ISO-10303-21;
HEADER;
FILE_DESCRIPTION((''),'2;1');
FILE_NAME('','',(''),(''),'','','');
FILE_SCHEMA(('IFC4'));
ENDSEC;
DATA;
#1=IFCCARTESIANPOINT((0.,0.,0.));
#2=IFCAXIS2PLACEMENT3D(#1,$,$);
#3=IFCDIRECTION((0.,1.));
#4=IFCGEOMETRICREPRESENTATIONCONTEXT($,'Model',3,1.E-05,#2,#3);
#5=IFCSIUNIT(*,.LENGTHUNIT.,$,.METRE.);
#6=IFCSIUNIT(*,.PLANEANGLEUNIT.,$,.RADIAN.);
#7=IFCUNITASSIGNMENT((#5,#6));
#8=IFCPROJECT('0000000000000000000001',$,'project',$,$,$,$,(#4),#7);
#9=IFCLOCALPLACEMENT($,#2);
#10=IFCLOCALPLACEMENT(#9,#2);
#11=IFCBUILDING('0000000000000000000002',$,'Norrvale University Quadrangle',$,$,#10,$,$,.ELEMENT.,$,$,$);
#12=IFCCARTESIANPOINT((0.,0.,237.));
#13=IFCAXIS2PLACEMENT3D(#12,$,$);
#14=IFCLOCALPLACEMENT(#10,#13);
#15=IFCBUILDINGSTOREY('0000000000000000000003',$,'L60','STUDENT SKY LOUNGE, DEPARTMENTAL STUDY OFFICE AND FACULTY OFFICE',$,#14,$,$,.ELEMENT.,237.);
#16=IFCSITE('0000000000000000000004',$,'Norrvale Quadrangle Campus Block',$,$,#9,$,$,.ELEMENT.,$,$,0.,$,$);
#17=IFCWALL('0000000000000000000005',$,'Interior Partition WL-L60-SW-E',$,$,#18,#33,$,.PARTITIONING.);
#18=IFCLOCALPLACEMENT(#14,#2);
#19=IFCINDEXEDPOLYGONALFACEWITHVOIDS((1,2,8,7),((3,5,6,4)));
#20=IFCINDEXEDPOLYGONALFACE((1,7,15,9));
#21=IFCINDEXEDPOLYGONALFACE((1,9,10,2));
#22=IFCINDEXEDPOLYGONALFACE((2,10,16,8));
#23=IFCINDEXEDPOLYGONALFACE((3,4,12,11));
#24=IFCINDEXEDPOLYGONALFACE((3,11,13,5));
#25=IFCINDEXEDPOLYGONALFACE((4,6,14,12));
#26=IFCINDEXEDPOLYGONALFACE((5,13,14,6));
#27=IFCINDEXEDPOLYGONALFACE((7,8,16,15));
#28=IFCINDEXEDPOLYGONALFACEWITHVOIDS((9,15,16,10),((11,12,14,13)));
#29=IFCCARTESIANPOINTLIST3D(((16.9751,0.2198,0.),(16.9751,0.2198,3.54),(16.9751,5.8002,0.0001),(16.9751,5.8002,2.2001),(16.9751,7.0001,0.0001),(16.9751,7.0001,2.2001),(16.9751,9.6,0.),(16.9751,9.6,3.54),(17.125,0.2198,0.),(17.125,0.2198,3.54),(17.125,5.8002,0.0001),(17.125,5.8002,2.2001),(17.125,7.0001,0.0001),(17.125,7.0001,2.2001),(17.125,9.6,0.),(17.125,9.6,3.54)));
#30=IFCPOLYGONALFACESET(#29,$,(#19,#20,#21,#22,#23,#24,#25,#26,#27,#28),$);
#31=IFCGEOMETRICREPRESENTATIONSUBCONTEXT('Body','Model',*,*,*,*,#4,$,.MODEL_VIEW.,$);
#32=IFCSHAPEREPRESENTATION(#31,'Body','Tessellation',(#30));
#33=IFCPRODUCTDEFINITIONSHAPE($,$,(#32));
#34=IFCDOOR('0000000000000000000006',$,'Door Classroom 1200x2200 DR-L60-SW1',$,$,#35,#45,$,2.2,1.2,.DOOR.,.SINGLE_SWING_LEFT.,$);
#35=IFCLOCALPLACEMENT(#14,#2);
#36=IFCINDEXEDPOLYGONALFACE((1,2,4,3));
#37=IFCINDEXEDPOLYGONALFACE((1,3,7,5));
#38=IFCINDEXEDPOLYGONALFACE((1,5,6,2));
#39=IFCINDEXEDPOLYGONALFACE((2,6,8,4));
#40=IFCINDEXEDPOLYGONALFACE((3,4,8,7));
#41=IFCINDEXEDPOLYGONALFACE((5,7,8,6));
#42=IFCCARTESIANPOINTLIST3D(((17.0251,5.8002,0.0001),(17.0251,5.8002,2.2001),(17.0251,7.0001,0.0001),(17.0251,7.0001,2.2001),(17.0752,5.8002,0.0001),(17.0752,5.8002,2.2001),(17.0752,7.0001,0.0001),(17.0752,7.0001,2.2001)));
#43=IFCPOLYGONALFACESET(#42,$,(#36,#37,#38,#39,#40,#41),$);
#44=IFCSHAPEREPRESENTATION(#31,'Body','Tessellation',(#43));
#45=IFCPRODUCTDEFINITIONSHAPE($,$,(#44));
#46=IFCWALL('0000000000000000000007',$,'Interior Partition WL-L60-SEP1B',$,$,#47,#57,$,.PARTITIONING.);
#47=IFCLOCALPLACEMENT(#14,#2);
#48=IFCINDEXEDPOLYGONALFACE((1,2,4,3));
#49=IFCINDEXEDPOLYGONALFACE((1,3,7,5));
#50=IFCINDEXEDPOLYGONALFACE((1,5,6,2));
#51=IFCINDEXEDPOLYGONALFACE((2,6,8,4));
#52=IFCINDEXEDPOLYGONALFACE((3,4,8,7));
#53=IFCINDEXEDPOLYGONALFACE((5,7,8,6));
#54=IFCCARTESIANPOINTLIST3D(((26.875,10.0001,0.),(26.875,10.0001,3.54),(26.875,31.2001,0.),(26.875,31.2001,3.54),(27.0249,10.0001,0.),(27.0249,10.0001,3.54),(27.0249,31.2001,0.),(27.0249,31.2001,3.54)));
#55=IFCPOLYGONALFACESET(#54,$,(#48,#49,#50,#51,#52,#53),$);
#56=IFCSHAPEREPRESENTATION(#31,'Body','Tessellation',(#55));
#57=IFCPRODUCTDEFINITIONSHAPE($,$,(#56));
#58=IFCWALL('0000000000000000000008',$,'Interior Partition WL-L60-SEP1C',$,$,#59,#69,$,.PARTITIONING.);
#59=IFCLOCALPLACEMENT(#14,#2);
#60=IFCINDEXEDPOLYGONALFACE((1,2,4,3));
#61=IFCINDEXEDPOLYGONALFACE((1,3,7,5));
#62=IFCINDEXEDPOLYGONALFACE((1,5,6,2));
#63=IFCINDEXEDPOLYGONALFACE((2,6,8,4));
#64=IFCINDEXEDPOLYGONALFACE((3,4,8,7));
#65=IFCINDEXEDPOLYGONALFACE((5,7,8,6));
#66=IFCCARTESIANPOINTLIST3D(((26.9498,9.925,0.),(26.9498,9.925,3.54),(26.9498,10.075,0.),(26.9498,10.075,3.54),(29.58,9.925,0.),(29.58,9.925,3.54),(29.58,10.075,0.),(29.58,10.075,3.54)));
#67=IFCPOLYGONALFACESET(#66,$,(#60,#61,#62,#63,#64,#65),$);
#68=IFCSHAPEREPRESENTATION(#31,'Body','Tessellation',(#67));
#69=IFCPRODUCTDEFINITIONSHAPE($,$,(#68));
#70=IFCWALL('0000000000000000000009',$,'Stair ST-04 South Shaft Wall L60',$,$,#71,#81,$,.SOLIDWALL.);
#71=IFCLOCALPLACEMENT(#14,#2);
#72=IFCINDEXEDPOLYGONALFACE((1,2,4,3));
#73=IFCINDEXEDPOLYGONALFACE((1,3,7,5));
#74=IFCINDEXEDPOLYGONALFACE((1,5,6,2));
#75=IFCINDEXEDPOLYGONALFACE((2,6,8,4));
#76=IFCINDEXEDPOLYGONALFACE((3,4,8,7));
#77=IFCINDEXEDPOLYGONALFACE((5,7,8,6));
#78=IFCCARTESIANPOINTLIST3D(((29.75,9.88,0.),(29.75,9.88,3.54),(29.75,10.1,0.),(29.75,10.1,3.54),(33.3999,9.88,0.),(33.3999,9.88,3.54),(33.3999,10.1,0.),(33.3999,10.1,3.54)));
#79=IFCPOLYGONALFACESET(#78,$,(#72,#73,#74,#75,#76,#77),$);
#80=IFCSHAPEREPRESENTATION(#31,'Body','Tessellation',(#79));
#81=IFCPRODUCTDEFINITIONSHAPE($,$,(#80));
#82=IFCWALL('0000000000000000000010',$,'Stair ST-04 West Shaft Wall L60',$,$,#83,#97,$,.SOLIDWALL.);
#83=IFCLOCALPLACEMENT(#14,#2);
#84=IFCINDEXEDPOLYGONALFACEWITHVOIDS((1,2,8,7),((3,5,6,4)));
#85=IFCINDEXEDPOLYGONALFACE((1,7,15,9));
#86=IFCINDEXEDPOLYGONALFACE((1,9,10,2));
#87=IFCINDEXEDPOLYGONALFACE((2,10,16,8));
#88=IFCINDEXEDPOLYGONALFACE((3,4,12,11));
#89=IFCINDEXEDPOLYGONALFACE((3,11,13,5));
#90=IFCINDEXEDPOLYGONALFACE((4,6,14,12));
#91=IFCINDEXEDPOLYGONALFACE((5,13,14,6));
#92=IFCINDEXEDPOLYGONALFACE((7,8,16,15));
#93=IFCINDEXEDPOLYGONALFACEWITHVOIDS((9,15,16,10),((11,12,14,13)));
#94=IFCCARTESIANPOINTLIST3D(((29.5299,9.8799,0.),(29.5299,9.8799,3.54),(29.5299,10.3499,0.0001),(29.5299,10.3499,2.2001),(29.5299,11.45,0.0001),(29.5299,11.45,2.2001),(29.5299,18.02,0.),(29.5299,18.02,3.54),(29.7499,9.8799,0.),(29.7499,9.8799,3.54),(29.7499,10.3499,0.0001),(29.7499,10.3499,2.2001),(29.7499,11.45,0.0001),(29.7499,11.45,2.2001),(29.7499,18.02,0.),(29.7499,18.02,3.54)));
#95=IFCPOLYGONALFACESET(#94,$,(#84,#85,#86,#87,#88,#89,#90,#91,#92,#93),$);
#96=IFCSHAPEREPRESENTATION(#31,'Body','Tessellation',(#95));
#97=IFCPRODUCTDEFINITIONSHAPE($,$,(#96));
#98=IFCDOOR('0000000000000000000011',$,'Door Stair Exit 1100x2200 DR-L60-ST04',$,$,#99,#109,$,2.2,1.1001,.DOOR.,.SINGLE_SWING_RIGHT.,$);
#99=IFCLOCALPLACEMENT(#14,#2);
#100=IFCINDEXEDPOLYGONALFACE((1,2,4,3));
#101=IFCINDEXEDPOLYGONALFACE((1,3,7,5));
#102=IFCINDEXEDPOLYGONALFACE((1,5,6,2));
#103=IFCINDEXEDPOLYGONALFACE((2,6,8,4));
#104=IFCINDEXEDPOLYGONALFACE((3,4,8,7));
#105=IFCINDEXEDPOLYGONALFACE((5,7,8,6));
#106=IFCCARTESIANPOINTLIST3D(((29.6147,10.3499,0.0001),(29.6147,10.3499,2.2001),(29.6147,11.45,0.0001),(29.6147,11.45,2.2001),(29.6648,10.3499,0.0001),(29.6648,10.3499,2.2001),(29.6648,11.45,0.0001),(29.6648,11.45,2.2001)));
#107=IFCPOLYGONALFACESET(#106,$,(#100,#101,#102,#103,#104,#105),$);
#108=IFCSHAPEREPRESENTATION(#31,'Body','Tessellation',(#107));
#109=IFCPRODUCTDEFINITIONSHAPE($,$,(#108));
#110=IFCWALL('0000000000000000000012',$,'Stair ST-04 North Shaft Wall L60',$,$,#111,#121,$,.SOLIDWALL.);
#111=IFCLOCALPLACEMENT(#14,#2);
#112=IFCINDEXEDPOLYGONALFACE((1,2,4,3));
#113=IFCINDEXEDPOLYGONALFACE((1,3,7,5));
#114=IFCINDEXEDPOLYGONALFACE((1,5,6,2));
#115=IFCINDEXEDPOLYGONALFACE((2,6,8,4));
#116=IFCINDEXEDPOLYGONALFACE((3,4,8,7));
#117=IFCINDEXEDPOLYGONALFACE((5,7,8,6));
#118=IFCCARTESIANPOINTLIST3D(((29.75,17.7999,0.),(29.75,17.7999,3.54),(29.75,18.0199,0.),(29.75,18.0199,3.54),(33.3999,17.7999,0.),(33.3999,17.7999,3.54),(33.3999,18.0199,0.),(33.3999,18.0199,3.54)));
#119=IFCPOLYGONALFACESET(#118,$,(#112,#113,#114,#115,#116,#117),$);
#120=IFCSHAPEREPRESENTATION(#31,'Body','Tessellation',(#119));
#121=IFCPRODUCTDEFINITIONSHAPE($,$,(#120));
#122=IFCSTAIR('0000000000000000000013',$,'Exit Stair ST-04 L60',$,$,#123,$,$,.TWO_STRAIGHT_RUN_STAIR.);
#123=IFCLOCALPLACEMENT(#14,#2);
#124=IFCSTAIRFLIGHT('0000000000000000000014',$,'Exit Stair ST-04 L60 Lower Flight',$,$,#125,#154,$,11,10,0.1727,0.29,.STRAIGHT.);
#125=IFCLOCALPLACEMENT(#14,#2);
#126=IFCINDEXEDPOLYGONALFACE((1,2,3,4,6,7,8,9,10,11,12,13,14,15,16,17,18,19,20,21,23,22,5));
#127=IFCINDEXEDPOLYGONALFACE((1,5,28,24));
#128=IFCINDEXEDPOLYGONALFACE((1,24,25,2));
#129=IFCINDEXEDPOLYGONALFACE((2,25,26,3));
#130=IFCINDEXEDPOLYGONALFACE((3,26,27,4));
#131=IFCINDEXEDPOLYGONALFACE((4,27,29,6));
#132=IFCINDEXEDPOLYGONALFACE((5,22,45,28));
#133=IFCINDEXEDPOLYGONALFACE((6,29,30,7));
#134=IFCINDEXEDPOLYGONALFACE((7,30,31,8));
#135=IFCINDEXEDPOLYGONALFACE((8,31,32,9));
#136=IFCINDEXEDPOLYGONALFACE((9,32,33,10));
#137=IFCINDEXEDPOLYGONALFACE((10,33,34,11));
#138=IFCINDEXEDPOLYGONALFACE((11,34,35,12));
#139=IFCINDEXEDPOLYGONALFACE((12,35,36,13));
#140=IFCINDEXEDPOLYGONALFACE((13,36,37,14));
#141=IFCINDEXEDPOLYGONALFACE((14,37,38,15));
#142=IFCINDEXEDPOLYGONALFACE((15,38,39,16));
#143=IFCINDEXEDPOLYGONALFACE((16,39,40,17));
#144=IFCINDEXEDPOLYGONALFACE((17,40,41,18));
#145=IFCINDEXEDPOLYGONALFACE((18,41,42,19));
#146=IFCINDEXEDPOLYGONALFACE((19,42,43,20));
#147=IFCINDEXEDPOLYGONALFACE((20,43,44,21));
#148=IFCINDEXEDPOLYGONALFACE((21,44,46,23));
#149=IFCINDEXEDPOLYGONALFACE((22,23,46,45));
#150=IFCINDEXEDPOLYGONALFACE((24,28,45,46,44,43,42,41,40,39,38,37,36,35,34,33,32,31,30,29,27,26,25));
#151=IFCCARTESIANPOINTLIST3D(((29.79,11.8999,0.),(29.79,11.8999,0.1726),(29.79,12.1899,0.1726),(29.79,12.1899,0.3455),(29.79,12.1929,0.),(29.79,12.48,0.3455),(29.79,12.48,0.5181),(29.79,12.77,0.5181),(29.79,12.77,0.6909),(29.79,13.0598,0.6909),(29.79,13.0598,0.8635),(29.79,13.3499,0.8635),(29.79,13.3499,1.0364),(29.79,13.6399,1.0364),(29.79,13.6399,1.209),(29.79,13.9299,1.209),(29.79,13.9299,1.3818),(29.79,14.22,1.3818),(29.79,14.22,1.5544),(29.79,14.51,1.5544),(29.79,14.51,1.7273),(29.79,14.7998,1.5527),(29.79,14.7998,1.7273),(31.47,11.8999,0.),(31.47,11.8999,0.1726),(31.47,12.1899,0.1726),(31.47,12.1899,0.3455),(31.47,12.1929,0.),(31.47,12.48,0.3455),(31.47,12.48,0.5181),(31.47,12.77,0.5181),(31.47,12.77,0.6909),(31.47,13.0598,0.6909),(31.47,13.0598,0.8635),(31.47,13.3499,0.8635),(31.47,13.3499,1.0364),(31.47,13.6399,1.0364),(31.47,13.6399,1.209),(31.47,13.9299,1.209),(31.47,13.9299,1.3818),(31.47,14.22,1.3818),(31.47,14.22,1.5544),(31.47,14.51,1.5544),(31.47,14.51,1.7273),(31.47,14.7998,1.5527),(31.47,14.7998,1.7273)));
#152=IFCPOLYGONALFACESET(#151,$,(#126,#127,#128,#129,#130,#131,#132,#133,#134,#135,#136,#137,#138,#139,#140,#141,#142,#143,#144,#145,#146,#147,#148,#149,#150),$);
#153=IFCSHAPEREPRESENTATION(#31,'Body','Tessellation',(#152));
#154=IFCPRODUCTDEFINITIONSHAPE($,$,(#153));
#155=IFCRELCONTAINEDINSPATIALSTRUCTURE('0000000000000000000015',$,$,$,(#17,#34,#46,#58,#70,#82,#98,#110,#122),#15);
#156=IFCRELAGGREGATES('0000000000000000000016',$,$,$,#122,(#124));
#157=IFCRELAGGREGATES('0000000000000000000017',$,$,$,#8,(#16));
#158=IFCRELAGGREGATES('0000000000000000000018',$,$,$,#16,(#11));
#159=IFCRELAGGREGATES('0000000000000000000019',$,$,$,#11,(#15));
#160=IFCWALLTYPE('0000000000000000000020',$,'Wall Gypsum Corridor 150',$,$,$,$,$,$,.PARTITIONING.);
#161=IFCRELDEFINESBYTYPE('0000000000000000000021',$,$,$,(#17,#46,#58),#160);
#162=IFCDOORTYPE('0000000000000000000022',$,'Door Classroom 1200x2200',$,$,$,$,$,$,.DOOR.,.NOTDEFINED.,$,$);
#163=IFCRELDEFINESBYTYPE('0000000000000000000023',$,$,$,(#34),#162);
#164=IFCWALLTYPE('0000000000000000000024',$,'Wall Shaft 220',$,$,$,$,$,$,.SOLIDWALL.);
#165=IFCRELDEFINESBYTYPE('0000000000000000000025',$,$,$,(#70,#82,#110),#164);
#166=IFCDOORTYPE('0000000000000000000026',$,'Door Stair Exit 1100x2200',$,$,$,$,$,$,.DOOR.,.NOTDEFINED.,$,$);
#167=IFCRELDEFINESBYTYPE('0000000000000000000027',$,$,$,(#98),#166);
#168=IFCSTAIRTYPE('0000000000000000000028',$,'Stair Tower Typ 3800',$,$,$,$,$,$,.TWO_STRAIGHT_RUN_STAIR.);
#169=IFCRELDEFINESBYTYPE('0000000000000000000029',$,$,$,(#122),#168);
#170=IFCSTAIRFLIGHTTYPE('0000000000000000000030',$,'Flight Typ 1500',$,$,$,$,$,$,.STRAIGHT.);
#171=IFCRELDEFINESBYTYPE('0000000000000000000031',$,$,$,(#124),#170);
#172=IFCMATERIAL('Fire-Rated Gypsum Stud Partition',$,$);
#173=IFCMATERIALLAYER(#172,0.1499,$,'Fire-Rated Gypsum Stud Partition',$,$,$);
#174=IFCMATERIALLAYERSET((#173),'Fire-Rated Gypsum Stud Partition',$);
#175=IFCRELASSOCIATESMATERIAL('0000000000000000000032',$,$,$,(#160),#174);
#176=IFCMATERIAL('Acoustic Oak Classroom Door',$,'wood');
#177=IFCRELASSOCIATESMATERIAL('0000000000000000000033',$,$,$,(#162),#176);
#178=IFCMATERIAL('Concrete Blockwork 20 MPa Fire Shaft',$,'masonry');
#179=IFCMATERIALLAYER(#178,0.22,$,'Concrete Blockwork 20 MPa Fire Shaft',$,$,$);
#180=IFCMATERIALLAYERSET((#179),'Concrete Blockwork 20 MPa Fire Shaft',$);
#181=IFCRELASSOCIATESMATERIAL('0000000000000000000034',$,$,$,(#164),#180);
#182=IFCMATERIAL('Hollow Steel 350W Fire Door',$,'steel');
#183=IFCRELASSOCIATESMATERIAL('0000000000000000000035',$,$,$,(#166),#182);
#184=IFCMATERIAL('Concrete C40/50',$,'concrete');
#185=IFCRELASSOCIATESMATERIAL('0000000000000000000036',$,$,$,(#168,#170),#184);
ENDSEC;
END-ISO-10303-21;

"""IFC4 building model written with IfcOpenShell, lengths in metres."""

from ifc_helpers import new_model, si_unit, direction, frame, frame_2d, origin, place, context, subcontext, project, spatial, polyline, rectangle, outline, extrude, material, layer, layer_set, type_object, element, fill, aggregate, save


model = new_model("IFC4")

# Units and contexts
model_context = context("Model", 3, precision=1e-05, world=origin(), true_north=direction((0.0, 1.0)))
body_context = subcontext(model_context, "Body", "Model", "MODEL_VIEW")
ifc_project = project(units=[si_unit("LENGTHUNIT", "METRE"), si_unit("PLANEANGLEUNIT", "RADIAN")], contexts=[model_context])

# Site, building, storey
site_placement = place(None, origin())
site = spatial("IfcSite", under=ifc_project, at=site_placement, Name="Norrvale Quadrangle Campus Block", CompositionType="ELEMENT", RefElevation=0.0)
building_placement = place(site_placement, origin())
building = spatial("IfcBuilding", under=site, at=building_placement, Name="Norrvale University Quadrangle", CompositionType="ELEMENT")
storey_placement = place(building_placement, frame((0.0, 0.0, 237.0)))
storey = spatial("IfcBuildingStorey", under=building, at=storey_placement, Name="L60", Description="STUDENT SKY LOUNGE, DEPARTMENTAL STUDY OFFICE AND FACULTY OFFICE", CompositionType="ELEMENT", Elevation=237.0)

# Shared definitions
ifc_material_1 = material(Name="Fire-Rated Gypsum Stud Partition")
ifc_layer_1 = layer(ifc_material_1, 0.1499, Name="Fire-Rated Gypsum Stud Partition")
ifc_layer_set_1 = layer_set([ifc_layer_1], Name="Fire-Rated Gypsum Stud Partition")
wall_type_1 = type_object("IfcWallType", Name="Wall Gypsum Corridor 150", PredefinedType="PARTITIONING", material=ifc_layer_set_1)

# Wall, opening, door
wall_1_placement = place(storey_placement, frame((17.05, 0.22, 0.0), z_axis=(0.0, 0.0, 1.0), x_axis=(0.0, 1.0, 0.0)))
wall_1 = element("IfcWall", 1, at=wall_1_placement, inside=storey, type_object=wall_type_1, Name="Interior Partition WL-L60-SW-E", PredefinedType="PARTITIONING", context=body_context, shape_type="SweptSolid", body=[
    extrude(rectangle(XDim=9.3801, YDim=0.1499, at=frame_2d((4.6899, 0.0))), origin(), (0.0, 0.0, 1.0), 3.54),
])
opening_1_placement = place(wall_1_placement, frame((5.5801, 0.0, 0.0)))
opening_1 = element("IfcOpeningElement", 2, at=opening_1_placement, cuts=wall_1, PredefinedType="OPENING", context=body_context, shape_type="SweptSolid", body=[
    extrude(rectangle(XDim=1.2, YDim=2.2, at=frame_2d((0.6001, 1.1001))), frame((0.0, 0.0869, 0.0), z_axis=(0.0, -1.0, 0.0), x_axis=(1.0, 0.0, 0.0)), (0.0, 0.0, 1.0), 0.1738),
])
ifc_material_2 = material(Name="Acoustic Oak Classroom Door", Category="wood")
door_type_1 = type_object("IfcDoorType", Name="Door Classroom 1200x2200", OperationType="NOTDEFINED", PredefinedType="DOOR", material=ifc_material_2)
door_1_placement = place(opening_1_placement, origin())
door_1 = element("IfcDoor", 3, at=door_1_placement, inside=storey, type_object=door_type_1, Name="Door Classroom 1200x2200 DR-L60-SW1", OperationType="SINGLE_SWING_LEFT", OverallHeight=2.2, OverallWidth=1.2, PredefinedType="DOOR", context=body_context, shape_type="SweptSolid", body=[
    extrude(rectangle(XDim=1.2, YDim=2.2, at=frame_2d((0.6001, 1.1001))), frame((0.0, 0.0249, 0.0), z_axis=(0.0, -1.0, 0.0), x_axis=(1.0, 0.0, 0.0)), (0.0, 0.0, 1.0), 0.05),
])
fill(opening_1, door_1)

# Walls
wall_2_placement = place(storey_placement, frame((26.95, 10.0, 0.0), z_axis=(0.0, 0.0, 1.0), x_axis=(0.0, 1.0, 0.0)))
element("IfcWall", 4, at=wall_2_placement, inside=storey, type_object=wall_type_1, Name="Interior Partition WL-L60-SEP1B", PredefinedType="PARTITIONING", context=body_context, shape_type="SweptSolid", body=[
    extrude(rectangle(XDim=21.2, YDim=0.1499, at=frame_2d((10.6001, 0.0))), origin(), (0.0, 0.0, 1.0), 3.54),
])
wall_3_placement = place(storey_placement, frame((26.95, 10.0, 0.0), z_axis=(0.0, 0.0, 1.0), x_axis=(1.0, 0.0, 0.0)))
element("IfcWall", 5, at=wall_3_placement, inside=storey, type_object=wall_type_1, Name="Interior Partition WL-L60-SEP1C", PredefinedType="PARTITIONING", context=body_context, shape_type="SweptSolid", body=[
    extrude(rectangle(XDim=2.6301, YDim=0.1499, at=frame_2d((1.3149, 0.0))), origin(), (0.0, 0.0, 1.0), 3.54),
])
ifc_material_3 = material(Name="Concrete Blockwork 20 MPa Fire Shaft", Category="masonry")
ifc_layer_2 = layer(ifc_material_3, 0.22, Name="Concrete Blockwork 20 MPa Fire Shaft")
ifc_layer_set_2 = layer_set([ifc_layer_2], Name="Concrete Blockwork 20 MPa Fire Shaft")
wall_type_2 = type_object("IfcWallType", Name="Wall Shaft 220", PredefinedType="SOLIDWALL", material=ifc_layer_set_2)
wall_4_placement = place(storey_placement, frame((29.75, 9.99, 0.0), z_axis=(0.0, 0.0, 1.0), x_axis=(1.0, 0.0, 0.0)))
element("IfcWall", 6, at=wall_4_placement, inside=storey, type_object=wall_type_2, Name="Stair ST-04 South Shaft Wall L60", PredefinedType="SOLIDWALL", context=body_context, shape_type="SweptSolid", body=[
    extrude(rectangle(XDim=3.6499, YDim=0.22, at=frame_2d((1.825, 0.0))), origin(), (0.0, 0.0, 1.0), 3.54),
])

# Wall, opening, door
wall_5_placement = place(storey_placement, frame((29.6399, 9.8799, 0.0), z_axis=(0.0, 0.0, 1.0), x_axis=(0.0, 1.0, 0.0)))
wall_5 = element("IfcWall", 7, at=wall_5_placement, inside=storey, type_object=wall_type_2, Name="Stair ST-04 West Shaft Wall L60", PredefinedType="SOLIDWALL", context=body_context, shape_type="SweptSolid", body=[
    extrude(rectangle(XDim=8.1401, YDim=0.22, at=frame_2d((4.0701, 0.0))), origin(), (0.0, 0.0, 1.0), 3.54),
])
opening_2_placement = place(wall_5_placement, frame((0.47, 0.0, 0.0)))
opening_2 = element("IfcOpeningElement", 8, at=opening_2_placement, cuts=wall_5, PredefinedType="OPENING", context=body_context, shape_type="SweptSolid", body=[
    extrude(rectangle(XDim=1.1001, YDim=2.2, at=frame_2d((0.55, 1.1001))), frame((0.0, 0.1221, 0.0), z_axis=(0.0, -1.0, 0.0), x_axis=(1.0, 0.0, 0.0)), (0.0, 0.0, 1.0), 0.2439),
])
ifc_material_4 = material(Name="Hollow Steel 350W Fire Door", Category="steel")
door_type_2 = type_object("IfcDoorType", Name="Door Stair Exit 1100x2200", OperationType="NOTDEFINED", PredefinedType="DOOR", material=ifc_material_4)
door_2_placement = place(opening_2_placement, frame((1.1001, 0.0, 0.0), z_axis=(0.0, 0.0, 1.0), x_axis=(-1.0, 0.0, 0.0)))
door_2 = element("IfcDoor", 9, at=door_2_placement, inside=storey, type_object=door_type_2, Name="Door Stair Exit 1100x2200 DR-L60-ST04", OperationType="SINGLE_SWING_RIGHT", OverallHeight=2.2, OverallWidth=1.1001, PredefinedType="DOOR", context=body_context, shape_type="SweptSolid", body=[
    extrude(rectangle(XDim=1.1001, YDim=2.2, at=frame_2d((0.55, 1.1001))), frame((0.0, 0.0249, 0.0), z_axis=(0.0, -1.0, 0.0), x_axis=(1.0, 0.0, 0.0)), (0.0, 0.0, 1.0), 0.05),
])
fill(opening_2, door_2)

# Wall
wall_6_placement = place(storey_placement, frame((29.75, 17.9099, 0.0), z_axis=(0.0, 0.0, 1.0), x_axis=(1.0, 0.0, 0.0)))
element("IfcWall", 10, at=wall_6_placement, inside=storey, type_object=wall_type_2, Name="Stair ST-04 North Shaft Wall L60", PredefinedType="SOLIDWALL", context=body_context, shape_type="SweptSolid", body=[
    extrude(rectangle(XDim=3.6499, YDim=0.22, at=frame_2d((1.825, 0.0))), origin(), (0.0, 0.0, 1.0), 3.54),
])

# Stair, stair flight
ifc_material_5 = material(Name="Concrete C40/50", Category="concrete")
stair_type = type_object("IfcStairType", Name="Stair Tower Typ 3800", PredefinedType="TWO_STRAIGHT_RUN_STAIR", material=ifc_material_5)
stair_placement = place(storey_placement, origin())
stair = element("IfcStair", 11, at=stair_placement, inside=storey, type_object=stair_type, Name="Exit Stair ST-04 L60", PredefinedType="TWO_STRAIGHT_RUN_STAIR")
stair_flight_type = type_object("IfcStairFlightType", Name="Flight Typ 1500", PredefinedType="STRAIGHT", material=ifc_material_5)
stair_flight_placement = place(storey_placement, frame((30.6299, 11.8999, 0.0), z_axis=(0.0, 0.0, 1.0), x_axis=(0.0, 1.0, 0.0)))
stair_flight = element("IfcStairFlight", 12, at=stair_flight_placement, type_object=stair_flight_type, Name="Exit Stair ST-04 L60 Lower Flight", NumberOfRisers=11, NumberOfTreads=10, PredefinedType="STRAIGHT", RiserHeight=0.1727, TreadLength=0.29, context=body_context, shape_type="SweptSolid", body=[
    extrude(outline(polyline([(0.0, 0.0), (0.0, 0.1726), (0.29, 0.1726), (0.29, 0.3455), (0.5801, 0.3455), (0.5801, 0.5181), (0.8701, 0.5181), (0.8701, 0.6909), (1.1599, 0.6909), (1.1599, 0.8635), (1.45, 0.8635), (1.45, 1.0364), (1.74, 1.0364), (1.74, 1.209), (2.03, 1.209), (2.03, 1.3818), (2.3201, 1.3818), (2.3201, 1.5544), (2.6101, 1.5544), (2.6101, 1.7273), (2.8999, 1.7273), (2.8999, 1.8999), (2.8999, 1.5527), (0.293, 0.0), (0.0, 0.0)])), frame((0.0, 0.8398, 0.0), z_axis=(0.0, -1.0, 0.0), x_axis=(1.0, 0.0, 0.0)), (0.0, 0.0, 1.0), 1.6799),
])
aggregate(stair, [stair_flight])

save(model, "model.ifc")
